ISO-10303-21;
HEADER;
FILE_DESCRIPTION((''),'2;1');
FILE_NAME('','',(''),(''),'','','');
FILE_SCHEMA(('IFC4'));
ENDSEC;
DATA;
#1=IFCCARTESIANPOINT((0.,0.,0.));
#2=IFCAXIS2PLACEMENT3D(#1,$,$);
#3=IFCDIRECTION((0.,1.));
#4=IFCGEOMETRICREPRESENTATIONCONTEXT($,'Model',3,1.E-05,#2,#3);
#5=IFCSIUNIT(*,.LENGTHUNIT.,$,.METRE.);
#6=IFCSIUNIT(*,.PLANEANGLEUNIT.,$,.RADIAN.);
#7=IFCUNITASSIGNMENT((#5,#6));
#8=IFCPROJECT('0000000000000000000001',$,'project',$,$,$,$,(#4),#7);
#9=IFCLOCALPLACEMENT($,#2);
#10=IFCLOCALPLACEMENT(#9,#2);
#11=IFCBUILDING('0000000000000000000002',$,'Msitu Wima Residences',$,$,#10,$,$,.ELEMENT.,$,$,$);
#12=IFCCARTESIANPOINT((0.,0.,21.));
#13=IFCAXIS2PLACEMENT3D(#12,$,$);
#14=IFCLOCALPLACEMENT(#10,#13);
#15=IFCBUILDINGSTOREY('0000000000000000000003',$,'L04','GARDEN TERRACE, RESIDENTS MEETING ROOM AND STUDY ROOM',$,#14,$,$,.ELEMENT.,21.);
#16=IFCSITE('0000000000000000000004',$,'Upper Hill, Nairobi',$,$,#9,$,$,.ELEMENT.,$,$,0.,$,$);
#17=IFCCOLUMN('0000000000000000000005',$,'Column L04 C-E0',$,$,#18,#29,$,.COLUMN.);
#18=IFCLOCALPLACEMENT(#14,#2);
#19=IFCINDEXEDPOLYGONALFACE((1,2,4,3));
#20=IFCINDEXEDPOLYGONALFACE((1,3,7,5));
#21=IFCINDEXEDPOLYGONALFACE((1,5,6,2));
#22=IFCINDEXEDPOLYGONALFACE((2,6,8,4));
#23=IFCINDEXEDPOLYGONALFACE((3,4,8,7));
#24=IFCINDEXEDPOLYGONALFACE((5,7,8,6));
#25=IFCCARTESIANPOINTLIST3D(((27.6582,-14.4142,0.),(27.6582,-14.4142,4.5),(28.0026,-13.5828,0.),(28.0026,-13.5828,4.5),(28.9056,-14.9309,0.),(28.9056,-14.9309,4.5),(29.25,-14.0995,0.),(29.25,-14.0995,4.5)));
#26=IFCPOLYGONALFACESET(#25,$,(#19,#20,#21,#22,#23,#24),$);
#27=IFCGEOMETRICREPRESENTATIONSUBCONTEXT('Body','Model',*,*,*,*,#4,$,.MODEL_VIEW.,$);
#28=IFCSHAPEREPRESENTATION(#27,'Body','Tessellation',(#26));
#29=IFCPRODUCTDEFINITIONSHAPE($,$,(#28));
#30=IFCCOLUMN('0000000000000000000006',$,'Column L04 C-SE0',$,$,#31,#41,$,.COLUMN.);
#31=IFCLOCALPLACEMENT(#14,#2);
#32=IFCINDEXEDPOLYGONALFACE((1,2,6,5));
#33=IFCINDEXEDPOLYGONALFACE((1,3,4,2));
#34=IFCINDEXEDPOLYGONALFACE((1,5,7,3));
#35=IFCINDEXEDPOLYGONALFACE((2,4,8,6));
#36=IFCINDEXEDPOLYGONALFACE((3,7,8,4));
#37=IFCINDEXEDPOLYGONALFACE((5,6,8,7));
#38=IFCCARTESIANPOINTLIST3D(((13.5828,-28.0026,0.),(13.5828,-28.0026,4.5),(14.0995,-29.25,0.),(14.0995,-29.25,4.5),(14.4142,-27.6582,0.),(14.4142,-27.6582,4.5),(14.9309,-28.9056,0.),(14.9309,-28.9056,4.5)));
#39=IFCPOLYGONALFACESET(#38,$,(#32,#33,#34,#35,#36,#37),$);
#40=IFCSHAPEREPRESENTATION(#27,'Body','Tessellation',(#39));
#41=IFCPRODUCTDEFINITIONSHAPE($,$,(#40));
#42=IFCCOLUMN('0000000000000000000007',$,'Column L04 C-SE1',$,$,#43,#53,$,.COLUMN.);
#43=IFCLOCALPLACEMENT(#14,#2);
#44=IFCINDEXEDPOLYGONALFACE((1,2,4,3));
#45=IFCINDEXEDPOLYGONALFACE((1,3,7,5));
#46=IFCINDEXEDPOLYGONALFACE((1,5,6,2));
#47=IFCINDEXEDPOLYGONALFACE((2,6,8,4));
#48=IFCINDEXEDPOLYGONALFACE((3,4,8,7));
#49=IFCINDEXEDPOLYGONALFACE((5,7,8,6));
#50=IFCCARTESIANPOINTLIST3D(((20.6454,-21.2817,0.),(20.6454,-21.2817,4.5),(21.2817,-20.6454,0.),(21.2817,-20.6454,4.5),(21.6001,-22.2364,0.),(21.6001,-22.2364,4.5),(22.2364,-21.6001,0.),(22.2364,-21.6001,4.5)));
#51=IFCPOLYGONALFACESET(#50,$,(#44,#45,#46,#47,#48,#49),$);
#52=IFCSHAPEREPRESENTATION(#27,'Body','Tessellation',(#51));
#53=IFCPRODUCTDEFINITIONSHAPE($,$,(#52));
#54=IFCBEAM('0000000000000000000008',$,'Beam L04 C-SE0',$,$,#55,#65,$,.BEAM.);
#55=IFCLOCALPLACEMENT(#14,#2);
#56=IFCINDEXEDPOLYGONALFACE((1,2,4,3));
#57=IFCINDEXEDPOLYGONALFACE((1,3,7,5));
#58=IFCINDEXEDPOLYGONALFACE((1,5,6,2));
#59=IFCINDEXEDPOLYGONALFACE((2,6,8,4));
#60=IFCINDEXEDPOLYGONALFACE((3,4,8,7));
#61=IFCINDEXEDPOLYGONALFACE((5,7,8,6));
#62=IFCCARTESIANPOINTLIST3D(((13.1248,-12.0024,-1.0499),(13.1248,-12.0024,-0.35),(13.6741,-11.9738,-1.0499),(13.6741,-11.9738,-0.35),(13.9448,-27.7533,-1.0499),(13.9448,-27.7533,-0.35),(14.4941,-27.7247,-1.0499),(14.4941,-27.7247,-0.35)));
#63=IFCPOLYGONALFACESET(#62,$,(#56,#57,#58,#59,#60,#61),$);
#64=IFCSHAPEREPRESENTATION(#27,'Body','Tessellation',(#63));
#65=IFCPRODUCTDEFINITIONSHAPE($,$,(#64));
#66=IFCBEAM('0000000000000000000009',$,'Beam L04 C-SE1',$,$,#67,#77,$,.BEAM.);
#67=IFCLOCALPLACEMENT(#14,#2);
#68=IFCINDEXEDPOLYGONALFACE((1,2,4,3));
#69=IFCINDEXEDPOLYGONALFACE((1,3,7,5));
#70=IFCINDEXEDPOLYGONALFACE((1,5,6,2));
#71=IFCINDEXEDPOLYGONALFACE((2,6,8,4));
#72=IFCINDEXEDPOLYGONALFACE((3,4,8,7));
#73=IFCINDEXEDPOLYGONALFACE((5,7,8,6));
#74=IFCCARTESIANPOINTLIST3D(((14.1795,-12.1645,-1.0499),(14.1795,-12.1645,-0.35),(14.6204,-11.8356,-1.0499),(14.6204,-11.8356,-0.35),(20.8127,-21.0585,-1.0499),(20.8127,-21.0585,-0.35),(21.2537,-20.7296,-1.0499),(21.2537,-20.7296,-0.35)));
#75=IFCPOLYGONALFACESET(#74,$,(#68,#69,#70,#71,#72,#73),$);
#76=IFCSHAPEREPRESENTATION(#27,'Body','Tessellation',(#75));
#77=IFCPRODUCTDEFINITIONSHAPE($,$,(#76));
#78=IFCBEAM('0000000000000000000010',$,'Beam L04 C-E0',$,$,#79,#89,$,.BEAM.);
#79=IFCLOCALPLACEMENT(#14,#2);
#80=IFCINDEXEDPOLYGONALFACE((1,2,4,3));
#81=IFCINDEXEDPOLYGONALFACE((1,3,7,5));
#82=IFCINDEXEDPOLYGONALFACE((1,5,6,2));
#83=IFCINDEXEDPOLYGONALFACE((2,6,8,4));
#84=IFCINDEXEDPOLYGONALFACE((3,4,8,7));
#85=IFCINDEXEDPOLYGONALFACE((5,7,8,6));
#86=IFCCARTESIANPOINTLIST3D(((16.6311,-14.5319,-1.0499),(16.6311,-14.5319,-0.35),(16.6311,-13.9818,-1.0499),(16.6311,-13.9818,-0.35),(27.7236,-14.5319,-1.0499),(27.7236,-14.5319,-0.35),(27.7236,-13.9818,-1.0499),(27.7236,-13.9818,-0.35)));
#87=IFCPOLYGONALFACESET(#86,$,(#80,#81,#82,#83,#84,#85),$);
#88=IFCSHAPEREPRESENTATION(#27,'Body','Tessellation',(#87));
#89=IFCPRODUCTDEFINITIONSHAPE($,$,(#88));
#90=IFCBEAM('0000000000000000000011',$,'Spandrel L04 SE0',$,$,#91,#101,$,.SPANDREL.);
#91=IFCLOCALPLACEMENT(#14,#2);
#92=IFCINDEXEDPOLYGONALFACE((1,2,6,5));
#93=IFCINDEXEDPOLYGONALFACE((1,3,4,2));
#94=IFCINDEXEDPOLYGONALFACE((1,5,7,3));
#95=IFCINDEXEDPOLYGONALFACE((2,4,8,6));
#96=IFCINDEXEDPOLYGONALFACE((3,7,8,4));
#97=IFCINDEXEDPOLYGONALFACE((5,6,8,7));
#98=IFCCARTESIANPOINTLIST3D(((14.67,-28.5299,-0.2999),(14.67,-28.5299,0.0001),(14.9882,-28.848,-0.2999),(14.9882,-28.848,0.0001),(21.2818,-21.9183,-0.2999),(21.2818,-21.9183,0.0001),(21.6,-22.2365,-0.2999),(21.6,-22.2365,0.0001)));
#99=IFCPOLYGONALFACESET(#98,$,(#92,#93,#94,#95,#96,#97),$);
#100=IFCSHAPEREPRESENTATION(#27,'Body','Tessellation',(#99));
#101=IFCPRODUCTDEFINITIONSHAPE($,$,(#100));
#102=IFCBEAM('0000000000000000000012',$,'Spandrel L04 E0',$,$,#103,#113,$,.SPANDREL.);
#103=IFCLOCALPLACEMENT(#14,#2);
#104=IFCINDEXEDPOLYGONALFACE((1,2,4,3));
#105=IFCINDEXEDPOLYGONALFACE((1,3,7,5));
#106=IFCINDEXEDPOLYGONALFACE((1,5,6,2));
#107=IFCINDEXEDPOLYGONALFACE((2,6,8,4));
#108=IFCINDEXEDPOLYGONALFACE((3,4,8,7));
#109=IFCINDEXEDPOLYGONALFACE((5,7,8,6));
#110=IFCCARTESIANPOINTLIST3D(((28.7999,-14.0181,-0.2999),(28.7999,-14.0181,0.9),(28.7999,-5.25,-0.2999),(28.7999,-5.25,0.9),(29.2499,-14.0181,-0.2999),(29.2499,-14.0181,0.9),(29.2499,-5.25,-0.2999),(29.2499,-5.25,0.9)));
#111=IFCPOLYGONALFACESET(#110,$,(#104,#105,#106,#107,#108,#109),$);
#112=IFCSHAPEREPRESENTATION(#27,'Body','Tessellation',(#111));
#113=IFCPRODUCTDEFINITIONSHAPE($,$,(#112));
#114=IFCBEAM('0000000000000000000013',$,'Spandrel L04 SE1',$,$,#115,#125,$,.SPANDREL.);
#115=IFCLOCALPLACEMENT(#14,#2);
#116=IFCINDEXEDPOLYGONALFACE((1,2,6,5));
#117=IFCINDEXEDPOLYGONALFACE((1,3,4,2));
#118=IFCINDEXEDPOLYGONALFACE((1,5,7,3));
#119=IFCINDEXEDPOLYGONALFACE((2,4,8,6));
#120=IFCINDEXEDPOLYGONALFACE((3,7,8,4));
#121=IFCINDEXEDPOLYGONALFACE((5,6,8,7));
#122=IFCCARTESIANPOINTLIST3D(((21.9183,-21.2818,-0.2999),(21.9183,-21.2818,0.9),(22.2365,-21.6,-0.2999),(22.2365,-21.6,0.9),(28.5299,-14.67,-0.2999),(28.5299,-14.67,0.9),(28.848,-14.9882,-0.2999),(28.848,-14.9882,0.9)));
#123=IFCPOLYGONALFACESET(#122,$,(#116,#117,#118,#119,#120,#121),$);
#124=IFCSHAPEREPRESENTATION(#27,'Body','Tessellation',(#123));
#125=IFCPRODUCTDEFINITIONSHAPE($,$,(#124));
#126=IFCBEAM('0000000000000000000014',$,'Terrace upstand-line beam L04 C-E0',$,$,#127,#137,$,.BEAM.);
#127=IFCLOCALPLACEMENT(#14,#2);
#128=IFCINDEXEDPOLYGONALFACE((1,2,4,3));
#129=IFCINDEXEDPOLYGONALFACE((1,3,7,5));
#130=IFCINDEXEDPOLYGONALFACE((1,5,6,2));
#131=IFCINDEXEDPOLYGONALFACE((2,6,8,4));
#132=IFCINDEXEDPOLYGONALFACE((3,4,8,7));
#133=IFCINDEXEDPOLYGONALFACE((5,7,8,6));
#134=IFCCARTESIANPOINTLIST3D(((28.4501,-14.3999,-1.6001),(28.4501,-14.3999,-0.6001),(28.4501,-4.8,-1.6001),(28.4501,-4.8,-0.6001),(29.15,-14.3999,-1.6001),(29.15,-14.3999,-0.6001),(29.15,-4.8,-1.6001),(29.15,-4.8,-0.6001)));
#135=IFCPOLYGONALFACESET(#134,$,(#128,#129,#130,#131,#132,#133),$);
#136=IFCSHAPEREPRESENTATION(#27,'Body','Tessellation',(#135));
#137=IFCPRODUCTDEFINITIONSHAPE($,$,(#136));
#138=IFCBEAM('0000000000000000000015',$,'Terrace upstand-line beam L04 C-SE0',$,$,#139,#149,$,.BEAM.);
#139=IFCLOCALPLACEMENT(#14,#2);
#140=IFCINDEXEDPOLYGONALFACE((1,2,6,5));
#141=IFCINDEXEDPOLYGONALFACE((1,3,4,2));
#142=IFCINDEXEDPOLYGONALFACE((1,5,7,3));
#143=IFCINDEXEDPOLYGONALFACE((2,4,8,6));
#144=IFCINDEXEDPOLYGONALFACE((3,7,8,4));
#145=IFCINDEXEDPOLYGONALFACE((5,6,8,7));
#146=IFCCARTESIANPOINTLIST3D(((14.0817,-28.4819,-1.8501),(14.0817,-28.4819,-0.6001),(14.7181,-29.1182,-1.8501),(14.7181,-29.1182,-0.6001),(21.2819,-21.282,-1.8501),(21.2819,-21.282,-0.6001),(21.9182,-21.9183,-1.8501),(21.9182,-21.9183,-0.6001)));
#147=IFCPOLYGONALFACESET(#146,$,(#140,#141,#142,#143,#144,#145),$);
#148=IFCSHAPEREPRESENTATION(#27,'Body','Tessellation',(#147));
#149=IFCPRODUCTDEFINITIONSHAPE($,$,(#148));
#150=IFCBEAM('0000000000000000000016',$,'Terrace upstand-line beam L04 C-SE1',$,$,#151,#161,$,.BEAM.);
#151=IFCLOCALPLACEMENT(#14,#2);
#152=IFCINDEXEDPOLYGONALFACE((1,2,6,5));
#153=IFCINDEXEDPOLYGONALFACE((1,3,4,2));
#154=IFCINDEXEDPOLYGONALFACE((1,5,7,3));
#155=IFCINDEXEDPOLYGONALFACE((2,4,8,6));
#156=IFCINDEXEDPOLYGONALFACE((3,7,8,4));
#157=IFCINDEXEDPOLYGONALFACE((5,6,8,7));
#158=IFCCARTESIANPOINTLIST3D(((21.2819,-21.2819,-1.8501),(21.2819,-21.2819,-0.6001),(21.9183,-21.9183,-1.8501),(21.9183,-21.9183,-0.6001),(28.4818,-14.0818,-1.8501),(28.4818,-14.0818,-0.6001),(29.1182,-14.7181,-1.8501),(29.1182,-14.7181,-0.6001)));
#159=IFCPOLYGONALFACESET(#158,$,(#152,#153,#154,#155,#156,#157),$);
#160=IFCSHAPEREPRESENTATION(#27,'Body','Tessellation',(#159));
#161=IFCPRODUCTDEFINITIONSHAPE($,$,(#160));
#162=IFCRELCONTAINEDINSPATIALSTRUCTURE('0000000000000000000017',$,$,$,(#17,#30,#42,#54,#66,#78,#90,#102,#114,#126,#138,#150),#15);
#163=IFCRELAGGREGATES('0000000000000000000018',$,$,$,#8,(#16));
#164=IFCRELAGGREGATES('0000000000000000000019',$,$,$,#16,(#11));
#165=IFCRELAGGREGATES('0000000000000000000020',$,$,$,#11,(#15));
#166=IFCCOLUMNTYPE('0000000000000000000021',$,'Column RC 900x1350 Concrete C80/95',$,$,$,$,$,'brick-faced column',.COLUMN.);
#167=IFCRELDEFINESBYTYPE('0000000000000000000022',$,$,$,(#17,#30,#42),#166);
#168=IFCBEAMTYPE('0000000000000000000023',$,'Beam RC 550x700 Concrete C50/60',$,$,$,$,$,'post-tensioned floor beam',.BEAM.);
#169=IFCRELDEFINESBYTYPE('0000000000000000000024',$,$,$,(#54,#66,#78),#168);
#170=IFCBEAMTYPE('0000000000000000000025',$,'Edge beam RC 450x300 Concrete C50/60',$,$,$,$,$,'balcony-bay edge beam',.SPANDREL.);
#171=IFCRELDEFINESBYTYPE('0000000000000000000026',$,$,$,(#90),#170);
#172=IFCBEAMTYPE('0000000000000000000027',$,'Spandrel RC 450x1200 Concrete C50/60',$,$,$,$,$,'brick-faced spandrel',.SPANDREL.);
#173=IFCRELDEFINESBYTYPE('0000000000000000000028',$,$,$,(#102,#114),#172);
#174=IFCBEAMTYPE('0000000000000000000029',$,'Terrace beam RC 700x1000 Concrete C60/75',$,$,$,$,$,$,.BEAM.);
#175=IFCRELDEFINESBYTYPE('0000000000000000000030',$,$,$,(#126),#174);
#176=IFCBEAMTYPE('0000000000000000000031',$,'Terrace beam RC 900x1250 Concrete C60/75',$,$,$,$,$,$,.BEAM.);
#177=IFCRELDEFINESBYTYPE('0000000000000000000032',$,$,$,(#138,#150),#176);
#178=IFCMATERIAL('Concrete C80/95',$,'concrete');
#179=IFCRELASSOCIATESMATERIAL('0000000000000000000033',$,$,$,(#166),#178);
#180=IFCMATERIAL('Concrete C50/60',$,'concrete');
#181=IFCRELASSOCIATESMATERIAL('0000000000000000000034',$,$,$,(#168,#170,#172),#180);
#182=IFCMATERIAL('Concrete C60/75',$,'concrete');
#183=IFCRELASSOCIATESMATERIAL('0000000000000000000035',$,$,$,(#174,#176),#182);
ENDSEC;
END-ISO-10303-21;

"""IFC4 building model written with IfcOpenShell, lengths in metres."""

from ifc_helpers import new_model, si_unit, direction, frame, origin, origin_2d, place, context, subcontext, project, spatial, rectangle, extrude, material, material_profile, profile_set, type_object, element, save


model = new_model("IFC4")

# Units and contexts
model_context = context("Model", 3, precision=1e-05, world=origin(), true_north=direction((0.0, 1.0)))
body_context = subcontext(model_context, "Body", "Model", "MODEL_VIEW")
ifc_project = project(units=[si_unit("LENGTHUNIT", "METRE"), si_unit("PLANEANGLEUNIT", "RADIAN")], contexts=[model_context])

# Site, building, storey
site_placement = place(None, origin())
site = spatial("IfcSite", under=ifc_project, at=site_placement, Name="Upper Hill, Nairobi", CompositionType="ELEMENT", RefElevation=0.0)
building_placement = place(site_placement, origin())
building = spatial("IfcBuilding", under=site, at=building_placement, Name="Msitu Wima Residences", CompositionType="ELEMENT")
storey_placement = place(building_placement, frame((0.0, 0.0, 21.0)))
storey = spatial("IfcBuildingStorey", under=building, at=storey_placement, Name="L04", Description="GARDEN TERRACE, RESIDENTS MEETING ROOM AND STUDY ROOM", CompositionType="ELEMENT", Elevation=21.0)

# Columns
ifc_material_1 = material(Name="Concrete C80/95", Category="concrete")
ifc_material_profile_1 = material_profile(ifc_material_1, rectangle(XDim=0.8999, YDim=1.3501, at=origin_2d()), Name="RC 900x1350")
ifc_profile_set_1 = profile_set([ifc_material_profile_1], Name="Concrete C80/95")
column_type = type_object("IfcColumnType", Name="Column RC 900x1350 Concrete C80/95", ElementType="brick-faced column", PredefinedType="COLUMN", material=ifc_profile_set_1)
for number, where, z_axis, x_axis, name in (
    (1, (28.4541, -14.2568, 0.0), (0.0, 0.0, 1.0), (0.382683, 0.92388, 0.0), "Column L04 C-E0"),
    (2, (14.2568, -28.4541, 0.0), (0.0, 0.0, 1.0), (0.92388, 0.382683, 0.0), "Column L04 C-SE0"),
    (3, (21.4409, -21.4409, 0.0), (0.0, 0.0, 1.0), (0.707107, 0.707107, 0.0), "Column L04 C-SE1"),
):
    element("IfcColumn", number, at=place(storey_placement, frame(where, z_axis=z_axis, x_axis=x_axis)), inside=storey, type_object=column_type, Name=name, PredefinedType="COLUMN", context=body_context, shape_type="SweptSolid", body=[
        extrude(rectangle(XDim=0.8999, YDim=1.3501, at=origin_2d()), origin(), (0.0, 0.0, 1.0), 4.5),
    ])

# Beams
ifc_material_2 = material(Name="Concrete C50/60", Category="concrete")
ifc_material_profile_2 = material_profile(ifc_material_2, rectangle(XDim=0.55, YDim=0.7, at=origin_2d()), Name="RC 550x700")
ifc_profile_set_2 = profile_set([ifc_material_profile_2], Name="Concrete C50/60")
beam_type_1 = type_object("IfcBeamType", Name="Beam RC 550x700 Concrete C50/60", ElementType="post-tensioned floor beam", PredefinedType="BEAM", material=ifc_profile_set_2)
beam_1_placement = place(storey_placement, frame((14.2195, -27.739, -0.7), z_axis=(-0.051994, 0.998647, 0.0), x_axis=(-0.998647, -0.051994, 0.0)))
element("IfcBeam", 4, at=beam_1_placement, inside=storey, type_object=beam_type_1, Name="Beam L04 C-SE0", PredefinedType="BEAM", context=body_context, shape_type="SweptSolid", body=[
    extrude(rectangle(XDim=0.55, YDim=0.7, at=origin_2d()), origin(), (0.0, 0.0, 1.0), 15.7722),
])
beam_2_placement = place(storey_placement, frame((21.0332, -20.894, -0.7), z_axis=(-0.59785, 0.801608, 0.0), x_axis=(-0.801608, -0.59785, 0.0)))
element("IfcBeam", 5, at=beam_2_placement, inside=storey, type_object=beam_type_1, Name="Beam L04 C-SE1", PredefinedType="BEAM", context=body_context, shape_type="SweptSolid", body=[
    extrude(rectangle(XDim=0.55, YDim=0.7, at=origin_2d()), origin(), (0.0, 0.0, 1.0), 11.0952),
])
beam_3_placement = place(storey_placement, frame((27.7236, -14.2568, -0.7), z_axis=(-1.0, 0.0, 0.0), x_axis=(0.0, -1.0, 0.0)))
element("IfcBeam", 6, at=beam_3_placement, inside=storey, type_object=beam_type_1, Name="Beam L04 C-E0", PredefinedType="BEAM", context=body_context, shape_type="SweptSolid", body=[
    extrude(rectangle(XDim=0.55, YDim=0.7, at=origin_2d()), origin(), (0.0, 0.0, 1.0), 11.0925),
])
ifc_material_profile_3 = material_profile(ifc_material_2, rectangle(XDim=0.45, YDim=0.3, at=origin_2d()), Name="RC 450x300")
ifc_profile_set_3 = profile_set([ifc_material_profile_3], Name="Concrete C50/60")
beam_type_2 = type_object("IfcBeamType", Name="Edge beam RC 450x300 Concrete C50/60", ElementType="balcony-bay edge beam", PredefinedType="SPANDREL", material=ifc_profile_set_3)
beam_4_placement = place(storey_placement, frame((14.8291, -28.689, -0.1499), z_axis=(0.70712, 0.707094, 0.0), x_axis=(-0.707094, 0.70712, 0.0)))
element("IfcBeam", 7, at=beam_4_placement, inside=storey, type_object=beam_type_2, Name="Spandrel L04 SE0", PredefinedType="SPANDREL", context=body_context, shape_type="SweptSolid", body=[
    extrude(rectangle(XDim=0.45, YDim=0.3, at=origin_2d()), origin(), (0.0, 0.0, 1.0), 9.3503),
])
ifc_material_profile_4 = material_profile(ifc_material_2, rectangle(XDim=0.45, YDim=1.2, at=origin_2d()), Name="RC 450x1200")
ifc_profile_set_4 = profile_set([ifc_material_profile_4], Name="Concrete C50/60")
beam_type_3 = type_object("IfcBeamType", Name="Spandrel RC 450x1200 Concrete C50/60", ElementType="brick-faced spandrel", PredefinedType="SPANDREL", material=ifc_profile_set_4)
beam_5_placement = place(storey_placement, frame((29.0249, -14.0181, 0.3), z_axis=(0.0, 1.0, 0.0), x_axis=(-1.0, 0.0, 0.0)))
element("IfcBeam", 8, at=beam_5_placement, inside=storey, type_object=beam_type_3, Name="Spandrel L04 E0", PredefinedType="SPANDREL", context=body_context, shape_type="SweptSolid", body=[
    extrude(rectangle(XDim=0.45, YDim=1.2, at=origin_2d()), origin(), (0.0, 0.0, 1.0), 8.7681),
])
beam_6_placement = place(storey_placement, frame((22.0774, -21.4409, 0.3), z_axis=(0.707094, 0.70712, 0.0), x_axis=(-0.70712, 0.707094, 0.0)))
element("IfcBeam", 9, at=beam_6_placement, inside=storey, type_object=beam_type_3, Name="Spandrel L04 SE1", PredefinedType="SPANDREL", context=body_context, shape_type="SweptSolid", body=[
    extrude(rectangle(XDim=0.45, YDim=1.2, at=origin_2d()), origin(), (0.0, 0.0, 1.0), 9.3503),
])
ifc_material_3 = material(Name="Concrete C60/75", Category="concrete")
ifc_material_profile_5 = material_profile(ifc_material_3, rectangle(XDim=0.7, YDim=1.0, at=origin_2d()), Name="RC 700x1000")
ifc_profile_set_5 = profile_set([ifc_material_profile_5], Name="Concrete C60/75")
beam_type_4 = type_object("IfcBeamType", Name="Terrace beam RC 700x1000 Concrete C60/75", PredefinedType="BEAM", material=ifc_profile_set_5)
beam_7_placement = place(storey_placement, frame((28.8, -14.3999, -1.1001), z_axis=(0.0, 1.0, 0.0), x_axis=(-1.0, 0.0, 0.0)))
element("IfcBeam", 10, at=beam_7_placement, inside=storey, type_object=beam_type_4, Name="Terrace upstand-line beam L04 C-E0", PredefinedType="BEAM", context=body_context, shape_type="SweptSolid", body=[
    extrude(rectangle(XDim=0.7, YDim=1.0, at=origin_2d()), origin(), (0.0, 0.0, 1.0), 9.5999),
])
ifc_material_profile_6 = material_profile(ifc_material_3, rectangle(XDim=0.8999, YDim=1.25, at=origin_2d()), Name="RC 900x1250")
ifc_profile_set_6 = profile_set([ifc_material_profile_6], Name="Concrete C60/75")
beam_type_5 = type_object("IfcBeamType", Name="Terrace beam RC 900x1250 Concrete C60/75", PredefinedType="BEAM", material=ifc_profile_set_6)
for number, where, z_axis, x_axis, name in (
    (11, (14.3999, -28.8, -1.2251), (0.707119, 0.707095, 0.0), (-0.707095, 0.707119, 0.0), "Terrace upstand-line beam L04 C-SE0"),
    (12, (21.6001, -21.6001, -1.2251), (0.707095, 0.707119, 0.0), (-0.707119, 0.707095, 0.0), "Terrace upstand-line beam L04 C-SE1"),
):
    element("IfcBeam", number, at=place(storey_placement, frame(where, z_axis=z_axis, x_axis=x_axis)), inside=storey, type_object=beam_type_5, Name=name, PredefinedType="BEAM", context=body_context, shape_type="SweptSolid", body=[
        extrude(rectangle(XDim=0.8999, YDim=1.25, at=origin_2d()), origin(), (0.0, 0.0, 1.0), 10.1824),
    ])

save(model, "model.ifc")
